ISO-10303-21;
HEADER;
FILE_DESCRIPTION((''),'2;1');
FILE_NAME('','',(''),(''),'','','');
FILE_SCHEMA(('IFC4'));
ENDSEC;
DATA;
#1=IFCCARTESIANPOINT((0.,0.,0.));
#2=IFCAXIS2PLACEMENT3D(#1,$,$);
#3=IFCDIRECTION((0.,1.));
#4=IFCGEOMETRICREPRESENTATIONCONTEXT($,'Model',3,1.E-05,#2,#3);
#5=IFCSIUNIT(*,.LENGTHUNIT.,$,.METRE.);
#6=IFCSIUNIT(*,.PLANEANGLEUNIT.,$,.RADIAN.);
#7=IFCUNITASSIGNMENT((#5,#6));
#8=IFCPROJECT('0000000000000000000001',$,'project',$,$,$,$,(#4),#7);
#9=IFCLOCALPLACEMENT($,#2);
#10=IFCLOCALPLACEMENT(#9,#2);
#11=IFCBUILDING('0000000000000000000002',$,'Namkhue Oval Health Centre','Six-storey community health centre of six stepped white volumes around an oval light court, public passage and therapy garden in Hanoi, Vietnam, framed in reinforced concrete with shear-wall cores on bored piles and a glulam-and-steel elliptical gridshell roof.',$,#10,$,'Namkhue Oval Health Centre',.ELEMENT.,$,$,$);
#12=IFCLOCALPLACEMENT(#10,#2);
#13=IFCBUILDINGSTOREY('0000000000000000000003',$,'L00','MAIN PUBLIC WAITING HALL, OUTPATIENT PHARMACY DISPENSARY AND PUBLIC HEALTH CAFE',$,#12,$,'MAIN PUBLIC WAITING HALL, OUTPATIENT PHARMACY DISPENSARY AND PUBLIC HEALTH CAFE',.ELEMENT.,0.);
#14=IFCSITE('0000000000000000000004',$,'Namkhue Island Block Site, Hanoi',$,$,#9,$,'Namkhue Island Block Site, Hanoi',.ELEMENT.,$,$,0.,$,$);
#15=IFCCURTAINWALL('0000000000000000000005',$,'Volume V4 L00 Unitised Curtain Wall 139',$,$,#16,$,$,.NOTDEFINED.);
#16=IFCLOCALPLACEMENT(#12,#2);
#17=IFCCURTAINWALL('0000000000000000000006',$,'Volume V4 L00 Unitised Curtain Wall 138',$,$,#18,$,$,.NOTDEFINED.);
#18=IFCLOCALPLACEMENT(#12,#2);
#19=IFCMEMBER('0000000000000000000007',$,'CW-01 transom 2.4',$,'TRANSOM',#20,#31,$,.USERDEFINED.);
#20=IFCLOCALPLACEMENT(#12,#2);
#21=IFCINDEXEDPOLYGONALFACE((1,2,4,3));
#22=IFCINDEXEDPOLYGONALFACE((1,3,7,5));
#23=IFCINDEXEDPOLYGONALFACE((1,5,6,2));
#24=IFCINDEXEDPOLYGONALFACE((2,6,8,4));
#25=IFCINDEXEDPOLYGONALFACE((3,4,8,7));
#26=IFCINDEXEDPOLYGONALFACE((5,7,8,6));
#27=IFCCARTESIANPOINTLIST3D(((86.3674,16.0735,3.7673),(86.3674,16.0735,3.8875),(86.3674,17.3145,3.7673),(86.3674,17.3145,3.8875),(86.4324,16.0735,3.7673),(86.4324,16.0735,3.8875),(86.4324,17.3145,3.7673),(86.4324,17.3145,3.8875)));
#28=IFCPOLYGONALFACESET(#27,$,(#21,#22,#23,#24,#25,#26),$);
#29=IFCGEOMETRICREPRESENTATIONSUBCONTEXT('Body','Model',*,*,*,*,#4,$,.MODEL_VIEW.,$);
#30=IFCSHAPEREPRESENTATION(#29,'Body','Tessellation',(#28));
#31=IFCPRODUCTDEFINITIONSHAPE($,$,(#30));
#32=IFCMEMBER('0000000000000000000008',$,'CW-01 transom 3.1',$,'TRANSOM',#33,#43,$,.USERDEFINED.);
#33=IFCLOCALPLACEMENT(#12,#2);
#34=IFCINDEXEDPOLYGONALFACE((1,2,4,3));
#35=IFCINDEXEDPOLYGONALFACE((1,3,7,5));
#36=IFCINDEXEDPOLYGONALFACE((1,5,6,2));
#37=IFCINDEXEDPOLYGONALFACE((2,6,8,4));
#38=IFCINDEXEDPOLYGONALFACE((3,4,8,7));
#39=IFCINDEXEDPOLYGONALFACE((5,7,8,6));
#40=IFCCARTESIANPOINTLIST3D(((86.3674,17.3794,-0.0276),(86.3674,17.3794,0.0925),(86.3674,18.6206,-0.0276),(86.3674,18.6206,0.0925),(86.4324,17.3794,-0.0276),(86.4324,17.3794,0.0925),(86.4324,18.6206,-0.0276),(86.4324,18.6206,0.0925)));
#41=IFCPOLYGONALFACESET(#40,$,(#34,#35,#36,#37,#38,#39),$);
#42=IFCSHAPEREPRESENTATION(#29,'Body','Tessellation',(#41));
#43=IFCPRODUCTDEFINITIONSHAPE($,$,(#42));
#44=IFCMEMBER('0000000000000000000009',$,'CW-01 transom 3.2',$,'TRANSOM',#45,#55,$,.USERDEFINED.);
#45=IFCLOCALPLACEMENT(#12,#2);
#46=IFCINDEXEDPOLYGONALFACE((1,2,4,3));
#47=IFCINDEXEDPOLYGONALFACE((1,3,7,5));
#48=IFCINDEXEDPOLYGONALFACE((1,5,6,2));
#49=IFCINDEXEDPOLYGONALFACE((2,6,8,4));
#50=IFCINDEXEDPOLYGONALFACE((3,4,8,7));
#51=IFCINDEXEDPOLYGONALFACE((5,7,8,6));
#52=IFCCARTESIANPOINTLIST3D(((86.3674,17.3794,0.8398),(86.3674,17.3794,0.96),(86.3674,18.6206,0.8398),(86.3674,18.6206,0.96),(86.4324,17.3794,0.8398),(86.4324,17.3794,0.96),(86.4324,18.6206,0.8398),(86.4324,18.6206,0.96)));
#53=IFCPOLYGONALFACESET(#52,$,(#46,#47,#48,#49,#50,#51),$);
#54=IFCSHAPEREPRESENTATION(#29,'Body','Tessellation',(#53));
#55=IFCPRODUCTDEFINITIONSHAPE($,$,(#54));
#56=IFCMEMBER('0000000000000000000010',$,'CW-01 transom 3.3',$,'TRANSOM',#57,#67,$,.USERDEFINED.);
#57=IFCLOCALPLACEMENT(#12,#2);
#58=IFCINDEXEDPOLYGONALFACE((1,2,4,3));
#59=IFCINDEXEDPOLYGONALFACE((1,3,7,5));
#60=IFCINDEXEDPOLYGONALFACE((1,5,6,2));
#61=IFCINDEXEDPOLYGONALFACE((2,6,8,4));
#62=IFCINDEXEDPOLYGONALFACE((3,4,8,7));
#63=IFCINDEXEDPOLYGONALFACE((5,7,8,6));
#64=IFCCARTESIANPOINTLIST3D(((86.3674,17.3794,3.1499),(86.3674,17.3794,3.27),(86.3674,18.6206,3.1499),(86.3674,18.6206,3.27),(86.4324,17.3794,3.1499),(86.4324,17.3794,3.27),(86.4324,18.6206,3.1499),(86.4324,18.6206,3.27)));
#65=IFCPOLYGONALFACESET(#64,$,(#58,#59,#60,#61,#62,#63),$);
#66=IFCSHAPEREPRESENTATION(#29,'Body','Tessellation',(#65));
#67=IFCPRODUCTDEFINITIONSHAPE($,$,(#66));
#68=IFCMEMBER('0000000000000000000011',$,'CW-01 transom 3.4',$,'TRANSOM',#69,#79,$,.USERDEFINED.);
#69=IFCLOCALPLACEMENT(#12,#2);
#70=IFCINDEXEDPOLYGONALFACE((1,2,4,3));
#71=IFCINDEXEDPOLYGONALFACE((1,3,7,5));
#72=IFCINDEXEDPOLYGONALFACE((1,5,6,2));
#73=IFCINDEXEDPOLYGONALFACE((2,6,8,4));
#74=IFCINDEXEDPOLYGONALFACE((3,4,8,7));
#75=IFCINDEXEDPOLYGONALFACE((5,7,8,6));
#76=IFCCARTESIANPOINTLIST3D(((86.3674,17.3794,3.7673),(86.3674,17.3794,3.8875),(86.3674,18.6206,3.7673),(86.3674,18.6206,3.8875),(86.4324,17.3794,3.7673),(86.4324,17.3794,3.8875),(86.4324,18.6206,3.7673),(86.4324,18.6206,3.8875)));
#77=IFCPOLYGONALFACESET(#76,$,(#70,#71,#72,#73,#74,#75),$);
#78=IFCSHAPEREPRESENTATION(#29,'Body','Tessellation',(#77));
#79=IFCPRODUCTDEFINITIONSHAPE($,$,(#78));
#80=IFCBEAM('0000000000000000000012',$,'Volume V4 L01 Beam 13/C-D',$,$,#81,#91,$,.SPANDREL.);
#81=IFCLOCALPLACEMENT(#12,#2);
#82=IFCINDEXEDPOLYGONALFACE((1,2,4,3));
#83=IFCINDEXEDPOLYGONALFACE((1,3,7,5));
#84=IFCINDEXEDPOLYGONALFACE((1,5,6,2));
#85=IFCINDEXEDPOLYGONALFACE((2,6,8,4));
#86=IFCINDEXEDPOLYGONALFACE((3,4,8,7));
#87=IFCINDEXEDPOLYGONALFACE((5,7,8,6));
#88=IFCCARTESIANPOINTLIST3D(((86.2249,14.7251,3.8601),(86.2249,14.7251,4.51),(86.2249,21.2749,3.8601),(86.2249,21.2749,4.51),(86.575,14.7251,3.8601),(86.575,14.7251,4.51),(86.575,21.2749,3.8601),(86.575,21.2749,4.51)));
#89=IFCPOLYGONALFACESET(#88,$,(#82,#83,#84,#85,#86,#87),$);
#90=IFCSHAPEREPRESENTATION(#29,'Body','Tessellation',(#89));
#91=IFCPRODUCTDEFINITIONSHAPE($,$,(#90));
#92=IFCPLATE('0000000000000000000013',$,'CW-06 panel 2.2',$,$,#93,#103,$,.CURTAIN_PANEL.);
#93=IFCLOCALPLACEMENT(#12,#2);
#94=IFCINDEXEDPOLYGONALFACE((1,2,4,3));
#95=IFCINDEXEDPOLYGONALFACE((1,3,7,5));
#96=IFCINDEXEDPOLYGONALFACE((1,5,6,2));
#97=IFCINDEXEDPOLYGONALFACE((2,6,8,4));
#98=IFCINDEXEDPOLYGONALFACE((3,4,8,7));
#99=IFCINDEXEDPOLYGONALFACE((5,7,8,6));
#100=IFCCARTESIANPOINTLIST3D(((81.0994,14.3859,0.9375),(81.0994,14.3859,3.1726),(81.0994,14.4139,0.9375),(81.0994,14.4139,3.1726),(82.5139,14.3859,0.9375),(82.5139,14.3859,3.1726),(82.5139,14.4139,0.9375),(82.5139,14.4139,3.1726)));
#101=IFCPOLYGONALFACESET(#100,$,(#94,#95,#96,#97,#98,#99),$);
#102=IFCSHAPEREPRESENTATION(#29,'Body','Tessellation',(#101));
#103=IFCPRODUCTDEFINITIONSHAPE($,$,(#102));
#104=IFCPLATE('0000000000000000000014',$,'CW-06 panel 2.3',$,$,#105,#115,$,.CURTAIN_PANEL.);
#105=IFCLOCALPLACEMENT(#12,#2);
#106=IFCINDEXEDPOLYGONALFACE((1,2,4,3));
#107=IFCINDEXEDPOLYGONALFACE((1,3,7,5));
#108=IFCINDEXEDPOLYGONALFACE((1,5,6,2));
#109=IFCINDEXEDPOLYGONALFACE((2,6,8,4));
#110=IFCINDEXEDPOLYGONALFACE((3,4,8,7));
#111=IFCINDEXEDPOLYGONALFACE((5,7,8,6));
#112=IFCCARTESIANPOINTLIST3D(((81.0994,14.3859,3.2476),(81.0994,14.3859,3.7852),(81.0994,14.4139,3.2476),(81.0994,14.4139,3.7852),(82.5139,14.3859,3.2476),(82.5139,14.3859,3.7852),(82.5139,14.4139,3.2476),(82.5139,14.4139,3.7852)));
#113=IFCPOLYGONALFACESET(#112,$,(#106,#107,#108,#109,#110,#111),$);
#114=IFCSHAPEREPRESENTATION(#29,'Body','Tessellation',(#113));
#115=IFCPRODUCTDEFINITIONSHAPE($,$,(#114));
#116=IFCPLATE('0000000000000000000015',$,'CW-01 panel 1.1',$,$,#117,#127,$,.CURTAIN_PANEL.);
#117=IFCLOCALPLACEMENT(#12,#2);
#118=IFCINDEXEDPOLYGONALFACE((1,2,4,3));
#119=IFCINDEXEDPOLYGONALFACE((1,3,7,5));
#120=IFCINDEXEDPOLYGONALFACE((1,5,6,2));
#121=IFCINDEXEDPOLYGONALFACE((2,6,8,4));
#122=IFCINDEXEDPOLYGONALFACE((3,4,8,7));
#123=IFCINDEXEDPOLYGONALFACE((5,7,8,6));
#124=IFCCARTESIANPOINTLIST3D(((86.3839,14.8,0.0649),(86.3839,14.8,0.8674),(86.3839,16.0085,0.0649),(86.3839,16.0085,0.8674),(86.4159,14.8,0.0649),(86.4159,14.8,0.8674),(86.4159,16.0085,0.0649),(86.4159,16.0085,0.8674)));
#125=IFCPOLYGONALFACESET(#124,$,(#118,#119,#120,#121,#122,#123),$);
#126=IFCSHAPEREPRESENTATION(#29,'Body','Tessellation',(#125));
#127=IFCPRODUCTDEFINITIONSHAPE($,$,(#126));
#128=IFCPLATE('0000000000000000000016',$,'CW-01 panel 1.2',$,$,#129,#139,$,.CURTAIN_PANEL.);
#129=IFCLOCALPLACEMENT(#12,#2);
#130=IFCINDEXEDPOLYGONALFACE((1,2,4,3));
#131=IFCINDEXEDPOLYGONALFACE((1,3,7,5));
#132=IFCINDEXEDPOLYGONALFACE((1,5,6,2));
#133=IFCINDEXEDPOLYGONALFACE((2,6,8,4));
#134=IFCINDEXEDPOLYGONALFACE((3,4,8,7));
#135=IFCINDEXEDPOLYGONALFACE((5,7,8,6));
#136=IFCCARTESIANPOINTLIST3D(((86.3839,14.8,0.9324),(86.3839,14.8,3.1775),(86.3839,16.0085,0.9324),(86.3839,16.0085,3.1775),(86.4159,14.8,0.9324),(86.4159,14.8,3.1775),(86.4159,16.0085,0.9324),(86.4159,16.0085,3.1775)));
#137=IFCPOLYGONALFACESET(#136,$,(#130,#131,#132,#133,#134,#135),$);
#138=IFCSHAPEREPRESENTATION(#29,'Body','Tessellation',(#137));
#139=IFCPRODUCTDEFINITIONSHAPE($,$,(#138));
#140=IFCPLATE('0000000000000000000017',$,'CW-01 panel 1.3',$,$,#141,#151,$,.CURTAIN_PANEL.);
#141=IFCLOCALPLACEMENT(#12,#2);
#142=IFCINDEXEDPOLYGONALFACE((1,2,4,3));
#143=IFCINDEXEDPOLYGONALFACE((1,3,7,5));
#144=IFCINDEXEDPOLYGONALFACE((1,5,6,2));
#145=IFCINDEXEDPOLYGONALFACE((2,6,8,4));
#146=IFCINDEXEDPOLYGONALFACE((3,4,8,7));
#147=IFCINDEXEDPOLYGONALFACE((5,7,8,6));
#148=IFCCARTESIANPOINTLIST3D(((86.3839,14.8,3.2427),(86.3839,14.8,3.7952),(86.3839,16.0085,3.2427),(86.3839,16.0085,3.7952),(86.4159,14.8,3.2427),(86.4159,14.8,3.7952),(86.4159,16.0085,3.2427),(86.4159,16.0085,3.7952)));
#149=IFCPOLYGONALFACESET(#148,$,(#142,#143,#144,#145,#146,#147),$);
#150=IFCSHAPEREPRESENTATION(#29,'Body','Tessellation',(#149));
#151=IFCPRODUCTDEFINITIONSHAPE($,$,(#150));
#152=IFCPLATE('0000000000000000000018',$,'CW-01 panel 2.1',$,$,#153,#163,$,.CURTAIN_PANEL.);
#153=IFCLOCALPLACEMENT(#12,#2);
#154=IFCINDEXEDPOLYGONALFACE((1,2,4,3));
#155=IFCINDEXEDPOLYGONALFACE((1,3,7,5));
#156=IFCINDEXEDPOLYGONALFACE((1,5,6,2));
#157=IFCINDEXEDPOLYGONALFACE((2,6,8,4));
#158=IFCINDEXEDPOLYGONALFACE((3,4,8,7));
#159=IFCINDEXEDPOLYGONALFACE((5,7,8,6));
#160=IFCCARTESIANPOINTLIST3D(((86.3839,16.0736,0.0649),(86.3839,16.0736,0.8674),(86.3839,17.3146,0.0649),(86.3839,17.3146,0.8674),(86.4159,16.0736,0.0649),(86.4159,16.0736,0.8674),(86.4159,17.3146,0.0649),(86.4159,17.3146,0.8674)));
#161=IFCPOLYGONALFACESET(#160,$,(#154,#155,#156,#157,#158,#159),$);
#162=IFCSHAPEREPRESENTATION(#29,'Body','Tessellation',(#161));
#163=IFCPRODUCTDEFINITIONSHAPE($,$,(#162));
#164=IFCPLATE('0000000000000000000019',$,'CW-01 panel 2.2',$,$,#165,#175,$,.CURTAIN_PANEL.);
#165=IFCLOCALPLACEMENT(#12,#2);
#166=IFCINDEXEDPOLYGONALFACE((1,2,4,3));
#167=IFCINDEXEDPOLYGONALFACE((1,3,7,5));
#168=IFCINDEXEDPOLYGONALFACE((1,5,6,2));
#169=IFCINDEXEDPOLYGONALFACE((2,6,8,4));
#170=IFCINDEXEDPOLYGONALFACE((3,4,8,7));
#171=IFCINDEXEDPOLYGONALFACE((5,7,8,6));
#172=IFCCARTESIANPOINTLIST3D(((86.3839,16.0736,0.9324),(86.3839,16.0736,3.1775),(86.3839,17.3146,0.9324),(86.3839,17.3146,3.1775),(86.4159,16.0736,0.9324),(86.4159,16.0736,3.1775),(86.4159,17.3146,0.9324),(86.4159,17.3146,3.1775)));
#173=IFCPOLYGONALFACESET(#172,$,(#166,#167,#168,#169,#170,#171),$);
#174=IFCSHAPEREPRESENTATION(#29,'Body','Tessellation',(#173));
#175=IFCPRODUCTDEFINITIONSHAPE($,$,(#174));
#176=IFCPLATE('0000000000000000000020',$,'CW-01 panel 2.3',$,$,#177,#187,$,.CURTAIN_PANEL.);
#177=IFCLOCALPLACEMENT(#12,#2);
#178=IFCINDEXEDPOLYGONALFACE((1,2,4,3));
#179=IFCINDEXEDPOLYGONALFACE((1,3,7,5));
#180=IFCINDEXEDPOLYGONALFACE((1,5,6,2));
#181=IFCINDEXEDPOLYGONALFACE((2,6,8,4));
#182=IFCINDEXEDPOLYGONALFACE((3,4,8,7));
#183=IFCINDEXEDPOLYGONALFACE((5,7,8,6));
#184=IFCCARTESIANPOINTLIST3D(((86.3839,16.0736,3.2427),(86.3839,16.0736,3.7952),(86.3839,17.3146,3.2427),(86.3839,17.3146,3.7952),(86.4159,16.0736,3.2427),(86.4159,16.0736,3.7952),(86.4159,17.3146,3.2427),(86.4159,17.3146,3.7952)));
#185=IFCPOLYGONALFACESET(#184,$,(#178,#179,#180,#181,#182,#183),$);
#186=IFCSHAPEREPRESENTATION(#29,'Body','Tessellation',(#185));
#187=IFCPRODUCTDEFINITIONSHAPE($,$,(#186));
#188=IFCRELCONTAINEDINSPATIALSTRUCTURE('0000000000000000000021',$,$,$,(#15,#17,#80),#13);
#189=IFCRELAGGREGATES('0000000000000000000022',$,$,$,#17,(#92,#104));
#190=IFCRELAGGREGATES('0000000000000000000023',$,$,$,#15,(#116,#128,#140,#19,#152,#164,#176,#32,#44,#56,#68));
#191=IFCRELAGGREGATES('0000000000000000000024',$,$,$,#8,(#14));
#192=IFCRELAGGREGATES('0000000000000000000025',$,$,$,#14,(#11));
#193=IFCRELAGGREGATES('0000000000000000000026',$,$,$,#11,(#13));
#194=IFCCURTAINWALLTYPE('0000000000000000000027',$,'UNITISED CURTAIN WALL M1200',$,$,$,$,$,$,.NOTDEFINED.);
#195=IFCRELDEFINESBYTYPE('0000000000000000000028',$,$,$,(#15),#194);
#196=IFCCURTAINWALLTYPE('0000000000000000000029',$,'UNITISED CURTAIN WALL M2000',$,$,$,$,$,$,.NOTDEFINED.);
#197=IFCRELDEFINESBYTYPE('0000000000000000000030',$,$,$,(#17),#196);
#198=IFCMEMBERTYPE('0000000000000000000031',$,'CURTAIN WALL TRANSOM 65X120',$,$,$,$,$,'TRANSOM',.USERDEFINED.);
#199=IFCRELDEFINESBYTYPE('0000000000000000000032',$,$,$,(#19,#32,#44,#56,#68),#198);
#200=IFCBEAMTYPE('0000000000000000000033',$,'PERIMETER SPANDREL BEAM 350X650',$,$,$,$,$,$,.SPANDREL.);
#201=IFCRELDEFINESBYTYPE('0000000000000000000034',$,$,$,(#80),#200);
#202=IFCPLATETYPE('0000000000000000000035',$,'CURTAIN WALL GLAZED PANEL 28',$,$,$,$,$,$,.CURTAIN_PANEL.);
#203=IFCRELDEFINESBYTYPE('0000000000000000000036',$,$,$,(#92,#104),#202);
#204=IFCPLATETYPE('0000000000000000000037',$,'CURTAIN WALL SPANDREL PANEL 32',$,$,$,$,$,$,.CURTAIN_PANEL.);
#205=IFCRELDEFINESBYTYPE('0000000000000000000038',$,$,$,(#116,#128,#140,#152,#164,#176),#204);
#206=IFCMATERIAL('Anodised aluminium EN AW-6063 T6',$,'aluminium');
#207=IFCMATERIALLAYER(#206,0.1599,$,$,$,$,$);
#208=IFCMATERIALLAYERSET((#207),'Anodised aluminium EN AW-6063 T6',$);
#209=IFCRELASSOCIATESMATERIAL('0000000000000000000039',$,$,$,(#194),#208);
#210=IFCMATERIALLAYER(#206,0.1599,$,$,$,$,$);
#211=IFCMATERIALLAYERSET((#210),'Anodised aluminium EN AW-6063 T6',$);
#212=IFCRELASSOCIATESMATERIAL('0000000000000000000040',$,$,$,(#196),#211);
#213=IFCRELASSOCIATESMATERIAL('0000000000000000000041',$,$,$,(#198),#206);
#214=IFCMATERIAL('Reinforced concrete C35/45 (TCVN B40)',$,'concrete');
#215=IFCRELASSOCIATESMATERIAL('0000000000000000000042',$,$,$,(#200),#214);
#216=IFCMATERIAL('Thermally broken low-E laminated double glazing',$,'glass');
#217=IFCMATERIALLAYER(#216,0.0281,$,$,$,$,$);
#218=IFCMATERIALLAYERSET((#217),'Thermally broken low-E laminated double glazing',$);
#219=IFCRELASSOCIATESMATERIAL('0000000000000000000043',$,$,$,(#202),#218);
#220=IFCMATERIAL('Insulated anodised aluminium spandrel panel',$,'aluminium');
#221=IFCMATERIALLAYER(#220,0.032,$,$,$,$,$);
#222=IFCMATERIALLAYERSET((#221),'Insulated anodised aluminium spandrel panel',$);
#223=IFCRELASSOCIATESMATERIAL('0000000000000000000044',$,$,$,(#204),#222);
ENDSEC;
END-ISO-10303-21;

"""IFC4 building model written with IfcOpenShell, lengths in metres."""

from ifc_helpers import new_model, si_unit, direction, frame, origin, origin_2d, place, context, subcontext, project, spatial, rectangle, extrude, material, layer, layer_set, material_profile, profile_set, type_object, element, aggregate, save


model = new_model("IFC4")

# Units and contexts
model_context = context("Model", 3, precision=1e-05, world=origin(), true_north=direction((0.0, 1.0)))
body_context = subcontext(model_context, "Body", "Model", "MODEL_VIEW")
ifc_project = project(units=[si_unit("LENGTHUNIT", "METRE"), si_unit("PLANEANGLEUNIT", "RADIAN")], contexts=[model_context])

# Site, building, storey
site_placement = place(None, origin())
site = spatial("IfcSite", under=ifc_project, at=site_placement, Name="Namkhue Island Block Site, Hanoi", LongName="Namkhue Island Block Site, Hanoi", CompositionType="ELEMENT", RefElevation=0.0)
building_placement = place(site_placement, origin())
building = spatial("IfcBuilding", under=site, at=building_placement, Name="Namkhue Oval Health Centre", Description="Six-storey community health centre of six stepped white volumes around an oval light court, public passage and therapy garden in Hanoi, Vietnam, framed in reinforced concrete with shear-wall cores on bored piles and a glulam-and-steel elliptical gridshell roof.", LongName="Namkhue Oval Health Centre", CompositionType="ELEMENT")
storey_placement = place(building_placement, origin())
storey = spatial("IfcBuildingStorey", under=building, at=storey_placement, Name="L00", Description="MAIN PUBLIC WAITING HALL, OUTPATIENT PHARMACY DISPENSARY AND PUBLIC HEALTH CAFE", LongName="MAIN PUBLIC WAITING HALL, OUTPATIENT PHARMACY DISPENSARY AND PUBLIC HEALTH CAFE", CompositionType="ELEMENT", Elevation=0.0)

# Shared definitions
ifc_material_1 = material(Name="Reinforced concrete C35/45 (TCVN B40)", Category="concrete")

# Curtain wall
ifc_material_2 = material(Name="Anodised aluminium EN AW-6063 T6", Category="aluminium")
ifc_layer_1 = layer(ifc_material_2, 0.1599)
ifc_layer_set_1 = layer_set([ifc_layer_1], Name="Anodised aluminium EN AW-6063 T6")
curtain_wall_type_1 = type_object("IfcCurtainWallType", Name="UNITISED CURTAIN WALL M1200", PredefinedType="NOTDEFINED", material=ifc_layer_set_1)
curtain_wall_1_placement = place(storey_placement, origin())
curtain_wall_1 = element("IfcCurtainWall", 1, at=curtain_wall_1_placement, inside=storey, type_object=curtain_wall_type_1, Name="Volume V4 L00 Unitised Curtain Wall 139", PredefinedType="NOTDEFINED")

# Curtain wall
ifc_layer_2 = layer(ifc_material_2, 0.1599)
ifc_layer_set_2 = layer_set([ifc_layer_2], Name="Anodised aluminium EN AW-6063 T6")
curtain_wall_type_2 = type_object("IfcCurtainWallType", Name="UNITISED CURTAIN WALL M2000", PredefinedType="NOTDEFINED", material=ifc_layer_set_2)
curtain_wall_2_placement = place(storey_placement, origin())
curtain_wall_2 = element("IfcCurtainWall", 2, at=curtain_wall_2_placement, inside=storey, type_object=curtain_wall_type_2, Name="Volume V4 L00 Unitised Curtain Wall 138", PredefinedType="NOTDEFINED")

# Members
ifc_material_profile_1 = material_profile(ifc_material_2, rectangle(XDim=0.0649, YDim=0.1201, at=origin_2d()), Name="ALU 65x120")
ifc_profile_set_1 = profile_set([ifc_material_profile_1], Name="Anodised aluminium EN AW-6063 T6")
member_type_1 = type_object("IfcMemberType", Name="CURTAIN WALL TRANSOM 65X120", ElementType="TRANSOM", PredefinedType="USERDEFINED", material=ifc_profile_set_1)
member_1_placement = place(storey_placement, frame((86.3999, 16.0735, 3.8274), z_axis=(0.0, 1.0, 0.0), x_axis=(-1.0, 0.0, 0.0)))
member_1 = element("IfcMember", 3, at=member_1_placement, type_object=member_type_1, Name="CW-01 transom 2.4", ObjectType="TRANSOM", PredefinedType="USERDEFINED", context=body_context, shape_type="SweptSolid", body=[
    extrude(rectangle(XDim=0.0649, YDim=0.1201, at=origin_2d()), origin(), (0.0, 0.0, 1.0), 1.241),
])
member_2_placement = place(storey_placement, frame((86.3999, 17.3794, 0.0325), z_axis=(0.0, 1.0, 0.0), x_axis=(-1.0, 0.0, 0.0)))
member_2 = element("IfcMember", 4, at=member_2_placement, type_object=member_type_1, Name="CW-01 transom 3.1", ObjectType="TRANSOM", PredefinedType="USERDEFINED", context=body_context, shape_type="SweptSolid", body=[
    extrude(rectangle(XDim=0.0649, YDim=0.1201, at=origin_2d()), origin(), (0.0, 0.0, 1.0), 1.2412),
])
member_3_placement = place(storey_placement, frame((86.3999, 17.3794, 0.8999), z_axis=(0.0, 1.0, 0.0), x_axis=(-1.0, 0.0, 0.0)))
member_3 = element("IfcMember", 5, at=member_3_placement, type_object=member_type_1, Name="CW-01 transom 3.2", ObjectType="TRANSOM", PredefinedType="USERDEFINED", context=body_context, shape_type="SweptSolid", body=[
    extrude(rectangle(XDim=0.0649, YDim=0.1201, at=origin_2d()), origin(), (0.0, 0.0, 1.0), 1.2412),
])
member_4_placement = place(storey_placement, frame((86.3999, 17.3794, 3.21), z_axis=(0.0, 1.0, 0.0), x_axis=(-1.0, 0.0, 0.0)))
member_4 = element("IfcMember", 6, at=member_4_placement, type_object=member_type_1, Name="CW-01 transom 3.3", ObjectType="TRANSOM", PredefinedType="USERDEFINED", context=body_context, shape_type="SweptSolid", body=[
    extrude(rectangle(XDim=0.0649, YDim=0.1201, at=origin_2d()), origin(), (0.0, 0.0, 1.0), 1.2412),
])
member_5_placement = place(storey_placement, frame((86.3999, 17.3794, 3.8274), z_axis=(0.0, 1.0, 0.0), x_axis=(-1.0, 0.0, 0.0)))
member_5 = element("IfcMember", 7, at=member_5_placement, type_object=member_type_1, Name="CW-01 transom 3.4", ObjectType="TRANSOM", PredefinedType="USERDEFINED", context=body_context, shape_type="SweptSolid", body=[
    extrude(rectangle(XDim=0.0649, YDim=0.1201, at=origin_2d()), origin(), (0.0, 0.0, 1.0), 1.2412),
])

# Beam
ifc_material_profile_2 = material_profile(ifc_material_1, rectangle(XDim=0.3501, YDim=0.6499, at=origin_2d()), Name="RC 350x650")
ifc_profile_set_2 = profile_set([ifc_material_profile_2], Name="Reinforced concrete C35/45 (TCVN B40)")
beam_type = type_object("IfcBeamType", Name="PERIMETER SPANDREL BEAM 350X650", PredefinedType="SPANDREL", material=ifc_profile_set_2)
beam_placement = place(storey_placement, frame((86.3999, 14.7251, 4.1851), z_axis=(0.0, 1.0, 0.0), x_axis=(-1.0, 0.0, 0.0)))
element("IfcBeam", 8, at=beam_placement, inside=storey, type_object=beam_type, Name="Volume V4 L01 Beam 13/C-D", PredefinedType="SPANDREL", context=body_context, shape_type="SweptSolid", body=[
    extrude(rectangle(XDim=0.3501, YDim=0.6499, at=origin_2d()), origin(), (0.0, 0.0, 1.0), 6.5498),
])

# Plates
ifc_material_3 = material(Name="Thermally broken low-E laminated double glazing", Category="glass")
ifc_layer_3 = layer(ifc_material_3, 0.0281)
ifc_layer_set_3 = layer_set([ifc_layer_3], Name="Thermally broken low-E laminated double glazing")
plate_type_1 = type_object("IfcPlateType", Name="CURTAIN WALL GLAZED PANEL 28", PredefinedType="CURTAIN_PANEL", material=ifc_layer_set_3)
plate_1_placement = place(storey_placement, frame((81.8066, 14.3999, 0.9375), z_axis=(0.0, 0.0, 1.0), x_axis=(1.0, 0.0, 0.0)))
plate_1 = element("IfcPlate", 9, at=plate_1_placement, type_object=plate_type_1, Name="CW-06 panel 2.2", PredefinedType="CURTAIN_PANEL", context=body_context, shape_type="SweptSolid", body=[
    extrude(rectangle(XDim=1.4146, YDim=0.0281, at=origin_2d()), origin(), (0.0, 0.0, 1.0), 2.2351),
])
plate_2_placement = place(storey_placement, frame((81.8066, 14.3999, 3.2476), z_axis=(0.0, 0.0, 1.0), x_axis=(1.0, 0.0, 0.0)))
plate_2 = element("IfcPlate", 10, at=plate_2_placement, type_object=plate_type_1, Name="CW-06 panel 2.3", PredefinedType="CURTAIN_PANEL", context=body_context, shape_type="SweptSolid", body=[
    extrude(rectangle(XDim=1.4146, YDim=0.0281, at=origin_2d()), origin(), (0.0, 0.0, 1.0), 0.5376),
])
aggregate(curtain_wall_2, [plate_1, plate_2])
ifc_material_4 = material(Name="Insulated anodised aluminium spandrel panel", Category="aluminium")
ifc_layer_4 = layer(ifc_material_4, 0.032)
ifc_layer_set_4 = layer_set([ifc_layer_4], Name="Insulated anodised aluminium spandrel panel")
plate_type_2 = type_object("IfcPlateType", Name="CURTAIN WALL SPANDREL PANEL 32", PredefinedType="CURTAIN_PANEL", material=ifc_layer_set_4)
plate_3_placement = place(storey_placement, frame((86.3999, 15.4043, 0.0649), z_axis=(0.0, 0.0, 1.0), x_axis=(0.0, 1.0, 0.0)))
plate_3 = element("IfcPlate", 11, at=plate_3_placement, type_object=plate_type_2, Name="CW-01 panel 1.1", PredefinedType="CURTAIN_PANEL", context=body_context, shape_type="SweptSolid", body=[
    extrude(rectangle(XDim=1.2085, YDim=0.032, at=origin_2d()), origin(), (0.0, 0.0, 1.0), 0.8025),
])
plate_4_placement = place(storey_placement, frame((86.3999, 15.4043, 0.9324), z_axis=(0.0, 0.0, 1.0), x_axis=(0.0, 1.0, 0.0)))
plate_4 = element("IfcPlate", 12, at=plate_4_placement, type_object=plate_type_2, Name="CW-01 panel 1.2", PredefinedType="CURTAIN_PANEL", context=body_context, shape_type="SweptSolid", body=[
    extrude(rectangle(XDim=1.2085, YDim=0.032, at=origin_2d()), origin(), (0.0, 0.0, 1.0), 2.2451),
])
plate_5_placement = place(storey_placement, frame((86.3999, 15.4043, 3.2427), z_axis=(0.0, 0.0, 1.0), x_axis=(0.0, 1.0, 0.0)))
plate_5 = element("IfcPlate", 13, at=plate_5_placement, type_object=plate_type_2, Name="CW-01 panel 1.3", PredefinedType="CURTAIN_PANEL", context=body_context, shape_type="SweptSolid", body=[
    extrude(rectangle(XDim=1.2085, YDim=0.032, at=origin_2d()), origin(), (0.0, 0.0, 1.0), 0.5525),
])
plate_6_placement = place(storey_placement, frame((86.3999, 16.6941, 0.0649), z_axis=(0.0, 0.0, 1.0), x_axis=(0.0, 1.0, 0.0)))
plate_6 = element("IfcPlate", 14, at=plate_6_placement, type_object=plate_type_2, Name="CW-01 panel 2.1", PredefinedType="CURTAIN_PANEL", context=body_context, shape_type="SweptSolid", body=[
    extrude(rectangle(XDim=1.241, YDim=0.032, at=origin_2d()), origin(), (0.0, 0.0, 1.0), 0.8025),
])
plate_7_placement = place(storey_placement, frame((86.3999, 16.6941, 0.9324), z_axis=(0.0, 0.0, 1.0), x_axis=(0.0, 1.0, 0.0)))
plate_7 = element("IfcPlate", 15, at=plate_7_placement, type_object=plate_type_2, Name="CW-01 panel 2.2", PredefinedType="CURTAIN_PANEL", context=body_context, shape_type="SweptSolid", body=[
    extrude(rectangle(XDim=1.241, YDim=0.032, at=origin_2d()), origin(), (0.0, 0.0, 1.0), 2.2451),
])
plate_8_placement = place(storey_placement, frame((86.3999, 16.6941, 3.2427), z_axis=(0.0, 0.0, 1.0), x_axis=(0.0, 1.0, 0.0)))
plate_8 = element("IfcPlate", 16, at=plate_8_placement, type_object=plate_type_2, Name="CW-01 panel 2.3", PredefinedType="CURTAIN_PANEL", context=body_context, shape_type="SweptSolid", body=[
    extrude(rectangle(XDim=1.241, YDim=0.032, at=origin_2d()), origin(), (0.0, 0.0, 1.0), 0.5525),
])
aggregate(curtain_wall_1, [plate_3, plate_4, plate_5, member_1, plate_6, plate_7, plate_8, member_2, member_3, member_4, member_5])

save(model, "model.ifc")
